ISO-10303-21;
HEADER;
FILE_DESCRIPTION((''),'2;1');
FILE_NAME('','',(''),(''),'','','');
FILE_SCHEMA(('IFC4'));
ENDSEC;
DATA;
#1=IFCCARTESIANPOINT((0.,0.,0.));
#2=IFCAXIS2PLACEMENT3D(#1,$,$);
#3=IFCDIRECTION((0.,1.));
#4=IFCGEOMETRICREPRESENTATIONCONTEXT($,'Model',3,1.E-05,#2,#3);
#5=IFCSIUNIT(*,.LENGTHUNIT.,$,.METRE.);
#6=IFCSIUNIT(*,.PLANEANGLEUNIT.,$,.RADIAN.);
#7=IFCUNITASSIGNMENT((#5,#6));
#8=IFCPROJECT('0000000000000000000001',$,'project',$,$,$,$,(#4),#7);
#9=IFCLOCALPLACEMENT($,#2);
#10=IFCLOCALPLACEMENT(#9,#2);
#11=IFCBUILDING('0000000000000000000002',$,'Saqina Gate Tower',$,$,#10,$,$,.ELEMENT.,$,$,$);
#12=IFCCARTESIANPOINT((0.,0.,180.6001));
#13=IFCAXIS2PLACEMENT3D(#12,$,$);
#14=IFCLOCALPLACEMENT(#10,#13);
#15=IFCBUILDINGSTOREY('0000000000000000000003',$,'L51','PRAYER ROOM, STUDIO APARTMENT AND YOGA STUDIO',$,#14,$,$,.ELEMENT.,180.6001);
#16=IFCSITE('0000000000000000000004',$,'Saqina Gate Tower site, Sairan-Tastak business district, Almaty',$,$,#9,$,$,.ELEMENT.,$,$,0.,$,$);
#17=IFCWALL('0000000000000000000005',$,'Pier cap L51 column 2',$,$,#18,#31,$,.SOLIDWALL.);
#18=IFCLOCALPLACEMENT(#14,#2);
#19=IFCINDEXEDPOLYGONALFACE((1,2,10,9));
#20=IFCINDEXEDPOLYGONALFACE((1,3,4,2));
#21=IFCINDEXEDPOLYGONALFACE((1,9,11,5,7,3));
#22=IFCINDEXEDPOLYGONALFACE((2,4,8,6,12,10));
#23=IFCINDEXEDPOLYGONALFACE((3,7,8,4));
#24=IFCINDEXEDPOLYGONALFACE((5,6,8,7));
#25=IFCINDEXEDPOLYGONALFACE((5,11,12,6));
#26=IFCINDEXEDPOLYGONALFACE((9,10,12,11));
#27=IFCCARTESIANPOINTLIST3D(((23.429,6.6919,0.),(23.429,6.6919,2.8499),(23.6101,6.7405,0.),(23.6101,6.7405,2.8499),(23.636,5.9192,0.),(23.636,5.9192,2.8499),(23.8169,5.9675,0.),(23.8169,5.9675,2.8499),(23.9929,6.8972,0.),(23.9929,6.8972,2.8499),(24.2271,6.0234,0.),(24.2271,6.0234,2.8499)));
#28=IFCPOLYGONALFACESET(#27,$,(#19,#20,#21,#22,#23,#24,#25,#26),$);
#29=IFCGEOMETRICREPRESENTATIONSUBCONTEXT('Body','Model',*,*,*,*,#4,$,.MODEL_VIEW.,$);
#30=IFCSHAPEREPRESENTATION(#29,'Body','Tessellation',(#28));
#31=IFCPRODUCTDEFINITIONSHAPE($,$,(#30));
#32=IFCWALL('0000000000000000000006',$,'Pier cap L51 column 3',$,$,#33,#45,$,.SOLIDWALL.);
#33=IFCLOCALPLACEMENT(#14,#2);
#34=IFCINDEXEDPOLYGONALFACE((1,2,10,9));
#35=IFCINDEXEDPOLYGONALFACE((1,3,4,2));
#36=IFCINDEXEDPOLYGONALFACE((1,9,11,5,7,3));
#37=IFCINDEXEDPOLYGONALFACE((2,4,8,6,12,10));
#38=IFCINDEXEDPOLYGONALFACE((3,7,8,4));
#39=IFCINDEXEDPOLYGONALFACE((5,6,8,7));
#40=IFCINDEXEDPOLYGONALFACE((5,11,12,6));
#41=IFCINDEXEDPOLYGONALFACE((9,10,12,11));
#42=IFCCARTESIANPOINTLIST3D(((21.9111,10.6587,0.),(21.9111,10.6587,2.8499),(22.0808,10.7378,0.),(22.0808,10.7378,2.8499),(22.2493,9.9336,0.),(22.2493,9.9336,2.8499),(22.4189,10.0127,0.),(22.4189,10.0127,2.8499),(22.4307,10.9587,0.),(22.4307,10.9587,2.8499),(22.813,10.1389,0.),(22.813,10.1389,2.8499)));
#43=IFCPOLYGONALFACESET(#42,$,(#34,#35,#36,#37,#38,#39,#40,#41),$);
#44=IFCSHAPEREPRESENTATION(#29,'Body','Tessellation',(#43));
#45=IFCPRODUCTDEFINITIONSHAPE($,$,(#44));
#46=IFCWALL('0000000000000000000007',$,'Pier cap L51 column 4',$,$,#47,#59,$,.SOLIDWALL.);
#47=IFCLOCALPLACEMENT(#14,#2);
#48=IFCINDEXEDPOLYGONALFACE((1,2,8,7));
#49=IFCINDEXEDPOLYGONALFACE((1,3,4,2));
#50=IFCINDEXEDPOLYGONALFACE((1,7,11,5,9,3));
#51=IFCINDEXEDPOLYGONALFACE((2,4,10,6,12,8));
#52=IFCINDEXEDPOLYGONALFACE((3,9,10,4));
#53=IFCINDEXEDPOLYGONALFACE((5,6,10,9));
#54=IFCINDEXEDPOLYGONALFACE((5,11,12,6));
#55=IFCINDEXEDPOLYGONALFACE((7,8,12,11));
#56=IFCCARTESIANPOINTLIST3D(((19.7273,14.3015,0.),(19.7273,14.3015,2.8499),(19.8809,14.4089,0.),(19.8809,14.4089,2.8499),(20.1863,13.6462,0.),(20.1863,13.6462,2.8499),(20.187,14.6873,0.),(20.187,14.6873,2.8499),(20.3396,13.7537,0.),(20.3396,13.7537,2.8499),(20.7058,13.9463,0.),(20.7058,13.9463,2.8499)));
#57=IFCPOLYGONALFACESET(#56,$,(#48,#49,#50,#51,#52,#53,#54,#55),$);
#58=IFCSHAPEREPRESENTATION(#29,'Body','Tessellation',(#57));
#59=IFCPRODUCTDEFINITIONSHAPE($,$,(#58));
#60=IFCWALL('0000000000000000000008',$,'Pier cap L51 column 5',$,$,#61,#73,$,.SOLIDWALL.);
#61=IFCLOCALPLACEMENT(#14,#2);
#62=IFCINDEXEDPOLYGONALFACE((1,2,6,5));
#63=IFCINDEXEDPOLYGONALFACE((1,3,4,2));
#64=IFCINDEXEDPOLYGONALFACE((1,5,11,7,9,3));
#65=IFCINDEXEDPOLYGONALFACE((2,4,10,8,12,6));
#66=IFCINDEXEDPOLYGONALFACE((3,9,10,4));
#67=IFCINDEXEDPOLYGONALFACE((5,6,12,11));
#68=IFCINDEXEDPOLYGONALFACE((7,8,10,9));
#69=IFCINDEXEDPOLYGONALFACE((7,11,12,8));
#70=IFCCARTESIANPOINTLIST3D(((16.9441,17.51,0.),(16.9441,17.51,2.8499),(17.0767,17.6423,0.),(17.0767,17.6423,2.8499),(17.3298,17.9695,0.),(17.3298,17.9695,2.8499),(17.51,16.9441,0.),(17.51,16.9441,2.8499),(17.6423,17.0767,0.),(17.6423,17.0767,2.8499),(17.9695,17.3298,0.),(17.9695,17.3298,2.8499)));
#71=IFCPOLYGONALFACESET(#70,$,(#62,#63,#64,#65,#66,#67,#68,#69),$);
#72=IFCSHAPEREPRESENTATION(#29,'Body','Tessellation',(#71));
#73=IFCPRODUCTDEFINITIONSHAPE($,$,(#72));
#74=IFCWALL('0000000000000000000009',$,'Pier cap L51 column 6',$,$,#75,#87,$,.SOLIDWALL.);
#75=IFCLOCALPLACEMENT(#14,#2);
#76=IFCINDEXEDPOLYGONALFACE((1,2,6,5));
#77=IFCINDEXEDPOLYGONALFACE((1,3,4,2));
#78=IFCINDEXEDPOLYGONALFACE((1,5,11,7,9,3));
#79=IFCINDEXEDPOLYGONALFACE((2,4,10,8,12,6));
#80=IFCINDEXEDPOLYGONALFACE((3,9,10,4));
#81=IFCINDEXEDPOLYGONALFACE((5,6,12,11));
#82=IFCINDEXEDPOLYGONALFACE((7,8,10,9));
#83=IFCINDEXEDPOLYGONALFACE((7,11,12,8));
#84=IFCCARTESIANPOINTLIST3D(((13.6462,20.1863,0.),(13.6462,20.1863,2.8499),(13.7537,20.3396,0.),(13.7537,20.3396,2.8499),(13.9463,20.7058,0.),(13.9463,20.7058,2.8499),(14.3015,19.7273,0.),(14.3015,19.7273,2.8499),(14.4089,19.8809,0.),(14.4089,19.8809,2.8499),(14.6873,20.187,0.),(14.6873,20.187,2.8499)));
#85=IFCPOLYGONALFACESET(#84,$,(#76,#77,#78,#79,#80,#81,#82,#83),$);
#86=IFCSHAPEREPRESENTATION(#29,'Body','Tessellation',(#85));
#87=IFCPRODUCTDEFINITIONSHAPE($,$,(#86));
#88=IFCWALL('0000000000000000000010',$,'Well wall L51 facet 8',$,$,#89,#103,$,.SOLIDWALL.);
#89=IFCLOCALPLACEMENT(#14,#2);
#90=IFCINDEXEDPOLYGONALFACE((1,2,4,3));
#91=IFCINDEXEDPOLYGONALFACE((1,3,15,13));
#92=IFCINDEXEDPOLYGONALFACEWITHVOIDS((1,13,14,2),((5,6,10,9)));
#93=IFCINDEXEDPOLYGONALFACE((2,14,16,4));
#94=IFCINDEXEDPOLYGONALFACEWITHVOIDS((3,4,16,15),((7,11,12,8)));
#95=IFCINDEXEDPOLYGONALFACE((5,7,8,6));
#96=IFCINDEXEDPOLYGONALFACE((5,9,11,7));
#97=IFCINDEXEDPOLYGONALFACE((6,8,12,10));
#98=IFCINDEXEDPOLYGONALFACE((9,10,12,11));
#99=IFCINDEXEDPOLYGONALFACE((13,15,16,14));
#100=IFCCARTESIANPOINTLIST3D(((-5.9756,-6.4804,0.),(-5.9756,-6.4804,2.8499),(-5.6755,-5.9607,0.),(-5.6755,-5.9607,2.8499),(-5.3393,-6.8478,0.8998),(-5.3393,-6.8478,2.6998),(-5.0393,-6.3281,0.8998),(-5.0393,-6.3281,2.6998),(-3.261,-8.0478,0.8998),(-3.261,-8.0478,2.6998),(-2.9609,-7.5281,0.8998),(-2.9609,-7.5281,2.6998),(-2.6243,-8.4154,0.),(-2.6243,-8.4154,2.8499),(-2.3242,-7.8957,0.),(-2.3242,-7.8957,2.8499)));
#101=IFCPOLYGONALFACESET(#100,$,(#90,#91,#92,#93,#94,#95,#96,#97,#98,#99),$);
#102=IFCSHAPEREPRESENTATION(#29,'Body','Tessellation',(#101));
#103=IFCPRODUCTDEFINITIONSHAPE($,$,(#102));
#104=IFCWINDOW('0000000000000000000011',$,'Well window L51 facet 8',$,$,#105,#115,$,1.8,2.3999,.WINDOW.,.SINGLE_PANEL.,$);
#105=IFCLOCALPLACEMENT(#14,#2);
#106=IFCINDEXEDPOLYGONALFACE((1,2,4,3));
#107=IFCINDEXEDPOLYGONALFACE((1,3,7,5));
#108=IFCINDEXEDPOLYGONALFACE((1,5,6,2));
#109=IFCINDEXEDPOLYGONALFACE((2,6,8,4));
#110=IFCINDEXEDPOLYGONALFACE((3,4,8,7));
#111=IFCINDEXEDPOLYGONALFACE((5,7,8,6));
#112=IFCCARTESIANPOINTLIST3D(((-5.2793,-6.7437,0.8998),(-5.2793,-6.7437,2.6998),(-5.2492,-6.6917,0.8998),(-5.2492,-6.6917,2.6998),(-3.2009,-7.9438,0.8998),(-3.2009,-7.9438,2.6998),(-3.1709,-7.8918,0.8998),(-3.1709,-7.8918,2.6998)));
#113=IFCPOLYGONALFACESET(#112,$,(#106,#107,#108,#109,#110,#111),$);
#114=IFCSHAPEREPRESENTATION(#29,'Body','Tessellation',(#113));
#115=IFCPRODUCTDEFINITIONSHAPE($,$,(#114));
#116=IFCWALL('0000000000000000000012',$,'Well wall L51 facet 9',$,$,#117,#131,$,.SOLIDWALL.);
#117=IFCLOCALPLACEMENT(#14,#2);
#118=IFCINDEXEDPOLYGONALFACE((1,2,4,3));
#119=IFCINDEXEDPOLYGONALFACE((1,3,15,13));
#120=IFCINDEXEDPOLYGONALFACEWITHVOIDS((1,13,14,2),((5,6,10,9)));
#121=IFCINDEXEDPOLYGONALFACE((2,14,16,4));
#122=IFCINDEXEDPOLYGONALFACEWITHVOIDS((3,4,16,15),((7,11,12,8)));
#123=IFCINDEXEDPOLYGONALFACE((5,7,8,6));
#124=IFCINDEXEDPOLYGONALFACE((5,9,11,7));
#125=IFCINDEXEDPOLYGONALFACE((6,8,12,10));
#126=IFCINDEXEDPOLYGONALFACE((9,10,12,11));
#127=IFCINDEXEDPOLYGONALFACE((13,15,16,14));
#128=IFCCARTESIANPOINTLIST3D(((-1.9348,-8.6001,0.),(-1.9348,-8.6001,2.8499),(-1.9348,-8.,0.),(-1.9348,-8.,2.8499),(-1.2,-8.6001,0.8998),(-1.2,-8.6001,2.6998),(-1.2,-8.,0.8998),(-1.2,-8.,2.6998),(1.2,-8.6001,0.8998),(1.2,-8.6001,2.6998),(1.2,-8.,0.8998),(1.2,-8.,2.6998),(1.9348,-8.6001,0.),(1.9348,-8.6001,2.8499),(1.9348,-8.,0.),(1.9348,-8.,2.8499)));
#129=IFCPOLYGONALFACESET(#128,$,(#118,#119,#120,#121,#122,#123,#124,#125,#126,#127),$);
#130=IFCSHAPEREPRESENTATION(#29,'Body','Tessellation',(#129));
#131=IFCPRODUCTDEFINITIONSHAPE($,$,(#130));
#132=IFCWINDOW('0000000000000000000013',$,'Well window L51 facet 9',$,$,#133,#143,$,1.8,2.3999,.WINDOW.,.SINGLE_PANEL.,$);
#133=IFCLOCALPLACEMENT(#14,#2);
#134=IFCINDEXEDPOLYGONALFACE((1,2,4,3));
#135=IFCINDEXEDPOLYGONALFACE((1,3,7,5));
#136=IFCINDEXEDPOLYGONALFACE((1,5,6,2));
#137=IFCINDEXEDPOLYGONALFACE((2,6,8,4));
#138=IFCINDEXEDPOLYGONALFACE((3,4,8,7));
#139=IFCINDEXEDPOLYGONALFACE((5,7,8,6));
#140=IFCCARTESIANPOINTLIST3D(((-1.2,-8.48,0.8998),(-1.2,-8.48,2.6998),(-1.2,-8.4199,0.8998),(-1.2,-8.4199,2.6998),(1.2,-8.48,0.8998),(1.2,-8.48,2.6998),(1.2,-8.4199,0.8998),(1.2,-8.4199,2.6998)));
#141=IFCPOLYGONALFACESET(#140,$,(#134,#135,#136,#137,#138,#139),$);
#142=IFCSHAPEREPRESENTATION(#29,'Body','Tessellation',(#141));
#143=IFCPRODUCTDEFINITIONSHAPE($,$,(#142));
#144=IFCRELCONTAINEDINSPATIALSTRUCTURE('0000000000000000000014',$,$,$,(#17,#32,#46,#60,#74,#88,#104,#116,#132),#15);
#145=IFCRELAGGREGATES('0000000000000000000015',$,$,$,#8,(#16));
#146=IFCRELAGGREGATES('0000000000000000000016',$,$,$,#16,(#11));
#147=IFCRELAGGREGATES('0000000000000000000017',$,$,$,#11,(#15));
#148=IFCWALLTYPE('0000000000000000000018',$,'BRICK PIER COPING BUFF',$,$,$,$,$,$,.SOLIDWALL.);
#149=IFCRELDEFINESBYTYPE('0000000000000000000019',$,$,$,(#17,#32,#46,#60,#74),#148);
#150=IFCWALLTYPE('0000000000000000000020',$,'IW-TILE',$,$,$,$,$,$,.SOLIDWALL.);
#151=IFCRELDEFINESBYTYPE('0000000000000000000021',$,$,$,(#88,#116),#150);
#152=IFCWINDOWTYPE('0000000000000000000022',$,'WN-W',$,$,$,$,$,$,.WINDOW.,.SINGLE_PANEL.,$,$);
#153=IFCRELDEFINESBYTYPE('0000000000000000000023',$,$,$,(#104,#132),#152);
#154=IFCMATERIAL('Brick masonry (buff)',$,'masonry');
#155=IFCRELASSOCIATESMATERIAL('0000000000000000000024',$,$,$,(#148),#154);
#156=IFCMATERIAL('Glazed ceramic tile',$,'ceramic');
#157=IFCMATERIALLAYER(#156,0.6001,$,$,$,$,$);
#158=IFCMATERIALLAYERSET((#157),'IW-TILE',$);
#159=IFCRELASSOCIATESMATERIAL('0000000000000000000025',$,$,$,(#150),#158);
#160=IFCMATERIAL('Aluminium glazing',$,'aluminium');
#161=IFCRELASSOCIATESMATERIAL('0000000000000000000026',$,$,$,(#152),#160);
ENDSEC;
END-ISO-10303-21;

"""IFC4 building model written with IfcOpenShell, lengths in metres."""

from ifc_helpers import new_model, si_unit, direction, frame, frame_2d, origin, place, context, subcontext, project, spatial, polyline, rectangle, outline, extrude, material, layer, layer_set, type_object, element, fill, save


model = new_model("IFC4")

# Units and contexts
model_context = context("Model", 3, precision=1e-05, world=origin(), true_north=direction((0.0, 1.0)))
body_context = subcontext(model_context, "Body", "Model", "MODEL_VIEW")
ifc_project = project(units=[si_unit("LENGTHUNIT", "METRE"), si_unit("PLANEANGLEUNIT", "RADIAN")], contexts=[model_context])

# Site, building, storey
site_placement = place(None, origin())
site = spatial("IfcSite", under=ifc_project, at=site_placement, Name="Saqina Gate Tower site, Sairan-Tastak business district, Almaty", CompositionType="ELEMENT", RefElevation=0.0)
building_placement = place(site_placement, origin())
building = spatial("IfcBuilding", under=site, at=building_placement, Name="Saqina Gate Tower", CompositionType="ELEMENT")
storey_placement = place(building_placement, frame((0.0, 0.0, 180.6001)))
storey = spatial("IfcBuildingStorey", under=building, at=storey_placement, Name="L51", Description="PRAYER ROOM, STUDIO APARTMENT AND YOGA STUDIO", CompositionType="ELEMENT", Elevation=180.6001)

# Walls
ifc_material_1 = material(Name="Brick masonry (buff)", Category="masonry")
wall_type_1 = type_object("IfcWallType", Name="BRICK PIER COPING BUFF", PredefinedType="SOLIDWALL", material=ifc_material_1)
wall_1_placement = place(storey_placement, origin())
element("IfcWall", 1, at=wall_1_placement, inside=storey, type_object=wall_type_1, Name="Pier cap L51 column 2", PredefinedType="SOLIDWALL", context=body_context, shape_type="SweptSolid", body=[
    extrude(outline(polyline([(24.2271, 6.0234), (23.9929, 6.8972), (23.429, 6.6919), (23.6101, 6.7405), (23.8169, 5.9675), (23.636, 5.9192), (24.2271, 6.0234)])), origin(), (0.0, 0.0, 1.0), 2.8499),
])
wall_2_placement = place(storey_placement, origin())
element("IfcWall", 2, at=wall_2_placement, inside=storey, type_object=wall_type_1, Name="Pier cap L51 column 3", PredefinedType="SOLIDWALL", context=body_context, shape_type="SweptSolid", body=[
    extrude(outline(polyline([(22.4307, 10.9587), (21.9111, 10.6587), (22.0808, 10.7378), (22.4189, 10.0127), (22.2493, 9.9336), (22.813, 10.1389), (22.4307, 10.9587)])), origin(), (0.0, 0.0, 1.0), 2.8499),
])
wall_3_placement = place(storey_placement, origin())
element("IfcWall", 3, at=wall_3_placement, inside=storey, type_object=wall_type_1, Name="Pier cap L51 column 4", PredefinedType="SOLIDWALL", context=body_context, shape_type="SweptSolid", body=[
    extrude(outline(polyline([(20.7058, 13.9463), (20.187, 14.6873), (19.7273, 14.3015), (19.8809, 14.4089), (20.3396, 13.7537), (20.1863, 13.6462), (20.7058, 13.9463)])), origin(), (0.0, 0.0, 1.0), 2.8499),
])
wall_4_placement = place(storey_placement, origin())
element("IfcWall", 4, at=wall_4_placement, inside=storey, type_object=wall_type_1, Name="Pier cap L51 column 5", PredefinedType="SOLIDWALL", context=body_context, shape_type="SweptSolid", body=[
    extrude(outline(polyline([(17.3298, 17.9695), (16.9441, 17.51), (17.0767, 17.6423), (17.6423, 17.0767), (17.51, 16.9441), (17.9695, 17.3298), (17.3298, 17.9695)])), origin(), (0.0, 0.0, 1.0), 2.8499),
])
wall_5_placement = place(storey_placement, origin())
element("IfcWall", 5, at=wall_5_placement, inside=storey, type_object=wall_type_1, Name="Pier cap L51 column 6", PredefinedType="SOLIDWALL", context=body_context, shape_type="SweptSolid", body=[
    extrude(outline(polyline([(14.6873, 20.187), (13.9463, 20.7058), (13.6462, 20.1863), (13.7537, 20.3396), (14.4089, 19.8809), (14.3015, 19.7273), (14.6873, 20.187)])), origin(), (0.0, 0.0, 1.0), 2.8499),
])

# Walls, openings, windows
ifc_material_2 = material(Name="Glazed ceramic tile", Category="ceramic")
ifc_layer_1 = layer(ifc_material_2, 0.6001)
ifc_layer_set_1 = layer_set([ifc_layer_1], Name="IW-TILE")
wall_type_2 = type_object("IfcWallType", Name="IW-TILE", PredefinedType="SOLIDWALL", material=ifc_layer_set_1)
wall_6_placement = place(storey_placement, frame((-5.8257, -6.2205, 0.0), z_axis=(0.0, 0.0, 1.0), x_axis=(0.866006, -0.500034, 0.0)))
wall_6 = element("IfcWall", 6, at=wall_6_placement, inside=storey, type_object=wall_type_2, Name="Well wall L51 facet 8", PredefinedType="SOLIDWALL", context=body_context, shape_type="SweptSolid", body=[
    extrude(rectangle(XDim=3.8699, YDim=0.6001, at=frame_2d((1.9351, 0.0))), origin(), (0.0, 0.0, 1.0), 2.8499),
])
opening_1_placement = place(wall_6_placement, frame((0.7349, 0.0, 0.8999)))
opening_1 = element("IfcOpeningElement", 7, at=opening_1_placement, cuts=wall_6, PredefinedType="OPENING", context=body_context, shape_type="SweptSolid", body=[
    extrude(rectangle(XDim=2.3999, YDim=1.8, at=frame_2d((1.2, 0.8999))), frame((0.0, 0.312, 0.0), z_axis=(0.0, -1.0, 0.0), x_axis=(1.0, 0.0, 0.0)), (0.0, 0.0, 1.0), 0.624),
])
ifc_material_3 = material(Name="Aluminium glazing", Category="aluminium")
window_type = type_object("IfcWindowType", Name="WN-W", PartitioningType="SINGLE_PANEL", PredefinedType="WINDOW", material=ifc_material_3)
window_1_placement = place(opening_1_placement, origin())
window_1 = element("IfcWindow", 8, at=window_1_placement, inside=storey, type_object=window_type, Name="Well window L51 facet 8", OverallHeight=1.8, OverallWidth=2.3999, PartitioningType="SINGLE_PANEL", PredefinedType="WINDOW", context=body_context, shape_type="SweptSolid", body=[
    extrude(rectangle(XDim=2.3999, YDim=1.8, at=frame_2d((1.2, 0.8999))), frame((0.0, -0.1199, 0.0), z_axis=(0.0, -1.0, 0.0), x_axis=(1.0, 0.0, 0.0)), (0.0, 0.0, 1.0), 0.0601),
])
fill(opening_1, window_1)
wall_7_placement = place(storey_placement, frame((-1.9348, -8.3, 0.0), z_axis=(0.0, 0.0, 1.0), x_axis=(1.0, 0.0, 0.0)))
wall_7 = element("IfcWall", 9, at=wall_7_placement, inside=storey, type_object=wall_type_2, Name="Well wall L51 facet 9", PredefinedType="SOLIDWALL", context=body_context, shape_type="SweptSolid", body=[
    extrude(rectangle(XDim=3.8696, YDim=0.6001, at=frame_2d((1.9348, 0.0))), origin(), (0.0, 0.0, 1.0), 2.8499),
])
opening_2_placement = place(wall_7_placement, frame((0.7349, 0.0, 0.8999)))
opening_2 = element("IfcOpeningElement", 10, at=opening_2_placement, cuts=wall_7, PredefinedType="OPENING", context=body_context, shape_type="SweptSolid", body=[
    extrude(rectangle(XDim=2.3999, YDim=1.8, at=frame_2d((1.2, 0.8999))), frame((0.0, 0.312, 0.0), z_axis=(0.0, -1.0, 0.0), x_axis=(1.0, 0.0, 0.0)), (0.0, 0.0, 1.0), 0.624),
])
window_2_placement = place(opening_2_placement, origin())
window_2 = element("IfcWindow", 11, at=window_2_placement, inside=storey, type_object=window_type, Name="Well window L51 facet 9", OverallHeight=1.8, OverallWidth=2.3999, PartitioningType="SINGLE_PANEL", PredefinedType="WINDOW", context=body_context, shape_type="SweptSolid", body=[
    extrude(rectangle(XDim=2.3999, YDim=1.8, at=frame_2d((1.2, 0.8999))), frame((0.0, -0.1199, 0.0), z_axis=(0.0, -1.0, 0.0), x_axis=(1.0, 0.0, 0.0)), (0.0, 0.0, 1.0), 0.0601),
])
fill(opening_2, window_2)

save(model, "model.ifc")
